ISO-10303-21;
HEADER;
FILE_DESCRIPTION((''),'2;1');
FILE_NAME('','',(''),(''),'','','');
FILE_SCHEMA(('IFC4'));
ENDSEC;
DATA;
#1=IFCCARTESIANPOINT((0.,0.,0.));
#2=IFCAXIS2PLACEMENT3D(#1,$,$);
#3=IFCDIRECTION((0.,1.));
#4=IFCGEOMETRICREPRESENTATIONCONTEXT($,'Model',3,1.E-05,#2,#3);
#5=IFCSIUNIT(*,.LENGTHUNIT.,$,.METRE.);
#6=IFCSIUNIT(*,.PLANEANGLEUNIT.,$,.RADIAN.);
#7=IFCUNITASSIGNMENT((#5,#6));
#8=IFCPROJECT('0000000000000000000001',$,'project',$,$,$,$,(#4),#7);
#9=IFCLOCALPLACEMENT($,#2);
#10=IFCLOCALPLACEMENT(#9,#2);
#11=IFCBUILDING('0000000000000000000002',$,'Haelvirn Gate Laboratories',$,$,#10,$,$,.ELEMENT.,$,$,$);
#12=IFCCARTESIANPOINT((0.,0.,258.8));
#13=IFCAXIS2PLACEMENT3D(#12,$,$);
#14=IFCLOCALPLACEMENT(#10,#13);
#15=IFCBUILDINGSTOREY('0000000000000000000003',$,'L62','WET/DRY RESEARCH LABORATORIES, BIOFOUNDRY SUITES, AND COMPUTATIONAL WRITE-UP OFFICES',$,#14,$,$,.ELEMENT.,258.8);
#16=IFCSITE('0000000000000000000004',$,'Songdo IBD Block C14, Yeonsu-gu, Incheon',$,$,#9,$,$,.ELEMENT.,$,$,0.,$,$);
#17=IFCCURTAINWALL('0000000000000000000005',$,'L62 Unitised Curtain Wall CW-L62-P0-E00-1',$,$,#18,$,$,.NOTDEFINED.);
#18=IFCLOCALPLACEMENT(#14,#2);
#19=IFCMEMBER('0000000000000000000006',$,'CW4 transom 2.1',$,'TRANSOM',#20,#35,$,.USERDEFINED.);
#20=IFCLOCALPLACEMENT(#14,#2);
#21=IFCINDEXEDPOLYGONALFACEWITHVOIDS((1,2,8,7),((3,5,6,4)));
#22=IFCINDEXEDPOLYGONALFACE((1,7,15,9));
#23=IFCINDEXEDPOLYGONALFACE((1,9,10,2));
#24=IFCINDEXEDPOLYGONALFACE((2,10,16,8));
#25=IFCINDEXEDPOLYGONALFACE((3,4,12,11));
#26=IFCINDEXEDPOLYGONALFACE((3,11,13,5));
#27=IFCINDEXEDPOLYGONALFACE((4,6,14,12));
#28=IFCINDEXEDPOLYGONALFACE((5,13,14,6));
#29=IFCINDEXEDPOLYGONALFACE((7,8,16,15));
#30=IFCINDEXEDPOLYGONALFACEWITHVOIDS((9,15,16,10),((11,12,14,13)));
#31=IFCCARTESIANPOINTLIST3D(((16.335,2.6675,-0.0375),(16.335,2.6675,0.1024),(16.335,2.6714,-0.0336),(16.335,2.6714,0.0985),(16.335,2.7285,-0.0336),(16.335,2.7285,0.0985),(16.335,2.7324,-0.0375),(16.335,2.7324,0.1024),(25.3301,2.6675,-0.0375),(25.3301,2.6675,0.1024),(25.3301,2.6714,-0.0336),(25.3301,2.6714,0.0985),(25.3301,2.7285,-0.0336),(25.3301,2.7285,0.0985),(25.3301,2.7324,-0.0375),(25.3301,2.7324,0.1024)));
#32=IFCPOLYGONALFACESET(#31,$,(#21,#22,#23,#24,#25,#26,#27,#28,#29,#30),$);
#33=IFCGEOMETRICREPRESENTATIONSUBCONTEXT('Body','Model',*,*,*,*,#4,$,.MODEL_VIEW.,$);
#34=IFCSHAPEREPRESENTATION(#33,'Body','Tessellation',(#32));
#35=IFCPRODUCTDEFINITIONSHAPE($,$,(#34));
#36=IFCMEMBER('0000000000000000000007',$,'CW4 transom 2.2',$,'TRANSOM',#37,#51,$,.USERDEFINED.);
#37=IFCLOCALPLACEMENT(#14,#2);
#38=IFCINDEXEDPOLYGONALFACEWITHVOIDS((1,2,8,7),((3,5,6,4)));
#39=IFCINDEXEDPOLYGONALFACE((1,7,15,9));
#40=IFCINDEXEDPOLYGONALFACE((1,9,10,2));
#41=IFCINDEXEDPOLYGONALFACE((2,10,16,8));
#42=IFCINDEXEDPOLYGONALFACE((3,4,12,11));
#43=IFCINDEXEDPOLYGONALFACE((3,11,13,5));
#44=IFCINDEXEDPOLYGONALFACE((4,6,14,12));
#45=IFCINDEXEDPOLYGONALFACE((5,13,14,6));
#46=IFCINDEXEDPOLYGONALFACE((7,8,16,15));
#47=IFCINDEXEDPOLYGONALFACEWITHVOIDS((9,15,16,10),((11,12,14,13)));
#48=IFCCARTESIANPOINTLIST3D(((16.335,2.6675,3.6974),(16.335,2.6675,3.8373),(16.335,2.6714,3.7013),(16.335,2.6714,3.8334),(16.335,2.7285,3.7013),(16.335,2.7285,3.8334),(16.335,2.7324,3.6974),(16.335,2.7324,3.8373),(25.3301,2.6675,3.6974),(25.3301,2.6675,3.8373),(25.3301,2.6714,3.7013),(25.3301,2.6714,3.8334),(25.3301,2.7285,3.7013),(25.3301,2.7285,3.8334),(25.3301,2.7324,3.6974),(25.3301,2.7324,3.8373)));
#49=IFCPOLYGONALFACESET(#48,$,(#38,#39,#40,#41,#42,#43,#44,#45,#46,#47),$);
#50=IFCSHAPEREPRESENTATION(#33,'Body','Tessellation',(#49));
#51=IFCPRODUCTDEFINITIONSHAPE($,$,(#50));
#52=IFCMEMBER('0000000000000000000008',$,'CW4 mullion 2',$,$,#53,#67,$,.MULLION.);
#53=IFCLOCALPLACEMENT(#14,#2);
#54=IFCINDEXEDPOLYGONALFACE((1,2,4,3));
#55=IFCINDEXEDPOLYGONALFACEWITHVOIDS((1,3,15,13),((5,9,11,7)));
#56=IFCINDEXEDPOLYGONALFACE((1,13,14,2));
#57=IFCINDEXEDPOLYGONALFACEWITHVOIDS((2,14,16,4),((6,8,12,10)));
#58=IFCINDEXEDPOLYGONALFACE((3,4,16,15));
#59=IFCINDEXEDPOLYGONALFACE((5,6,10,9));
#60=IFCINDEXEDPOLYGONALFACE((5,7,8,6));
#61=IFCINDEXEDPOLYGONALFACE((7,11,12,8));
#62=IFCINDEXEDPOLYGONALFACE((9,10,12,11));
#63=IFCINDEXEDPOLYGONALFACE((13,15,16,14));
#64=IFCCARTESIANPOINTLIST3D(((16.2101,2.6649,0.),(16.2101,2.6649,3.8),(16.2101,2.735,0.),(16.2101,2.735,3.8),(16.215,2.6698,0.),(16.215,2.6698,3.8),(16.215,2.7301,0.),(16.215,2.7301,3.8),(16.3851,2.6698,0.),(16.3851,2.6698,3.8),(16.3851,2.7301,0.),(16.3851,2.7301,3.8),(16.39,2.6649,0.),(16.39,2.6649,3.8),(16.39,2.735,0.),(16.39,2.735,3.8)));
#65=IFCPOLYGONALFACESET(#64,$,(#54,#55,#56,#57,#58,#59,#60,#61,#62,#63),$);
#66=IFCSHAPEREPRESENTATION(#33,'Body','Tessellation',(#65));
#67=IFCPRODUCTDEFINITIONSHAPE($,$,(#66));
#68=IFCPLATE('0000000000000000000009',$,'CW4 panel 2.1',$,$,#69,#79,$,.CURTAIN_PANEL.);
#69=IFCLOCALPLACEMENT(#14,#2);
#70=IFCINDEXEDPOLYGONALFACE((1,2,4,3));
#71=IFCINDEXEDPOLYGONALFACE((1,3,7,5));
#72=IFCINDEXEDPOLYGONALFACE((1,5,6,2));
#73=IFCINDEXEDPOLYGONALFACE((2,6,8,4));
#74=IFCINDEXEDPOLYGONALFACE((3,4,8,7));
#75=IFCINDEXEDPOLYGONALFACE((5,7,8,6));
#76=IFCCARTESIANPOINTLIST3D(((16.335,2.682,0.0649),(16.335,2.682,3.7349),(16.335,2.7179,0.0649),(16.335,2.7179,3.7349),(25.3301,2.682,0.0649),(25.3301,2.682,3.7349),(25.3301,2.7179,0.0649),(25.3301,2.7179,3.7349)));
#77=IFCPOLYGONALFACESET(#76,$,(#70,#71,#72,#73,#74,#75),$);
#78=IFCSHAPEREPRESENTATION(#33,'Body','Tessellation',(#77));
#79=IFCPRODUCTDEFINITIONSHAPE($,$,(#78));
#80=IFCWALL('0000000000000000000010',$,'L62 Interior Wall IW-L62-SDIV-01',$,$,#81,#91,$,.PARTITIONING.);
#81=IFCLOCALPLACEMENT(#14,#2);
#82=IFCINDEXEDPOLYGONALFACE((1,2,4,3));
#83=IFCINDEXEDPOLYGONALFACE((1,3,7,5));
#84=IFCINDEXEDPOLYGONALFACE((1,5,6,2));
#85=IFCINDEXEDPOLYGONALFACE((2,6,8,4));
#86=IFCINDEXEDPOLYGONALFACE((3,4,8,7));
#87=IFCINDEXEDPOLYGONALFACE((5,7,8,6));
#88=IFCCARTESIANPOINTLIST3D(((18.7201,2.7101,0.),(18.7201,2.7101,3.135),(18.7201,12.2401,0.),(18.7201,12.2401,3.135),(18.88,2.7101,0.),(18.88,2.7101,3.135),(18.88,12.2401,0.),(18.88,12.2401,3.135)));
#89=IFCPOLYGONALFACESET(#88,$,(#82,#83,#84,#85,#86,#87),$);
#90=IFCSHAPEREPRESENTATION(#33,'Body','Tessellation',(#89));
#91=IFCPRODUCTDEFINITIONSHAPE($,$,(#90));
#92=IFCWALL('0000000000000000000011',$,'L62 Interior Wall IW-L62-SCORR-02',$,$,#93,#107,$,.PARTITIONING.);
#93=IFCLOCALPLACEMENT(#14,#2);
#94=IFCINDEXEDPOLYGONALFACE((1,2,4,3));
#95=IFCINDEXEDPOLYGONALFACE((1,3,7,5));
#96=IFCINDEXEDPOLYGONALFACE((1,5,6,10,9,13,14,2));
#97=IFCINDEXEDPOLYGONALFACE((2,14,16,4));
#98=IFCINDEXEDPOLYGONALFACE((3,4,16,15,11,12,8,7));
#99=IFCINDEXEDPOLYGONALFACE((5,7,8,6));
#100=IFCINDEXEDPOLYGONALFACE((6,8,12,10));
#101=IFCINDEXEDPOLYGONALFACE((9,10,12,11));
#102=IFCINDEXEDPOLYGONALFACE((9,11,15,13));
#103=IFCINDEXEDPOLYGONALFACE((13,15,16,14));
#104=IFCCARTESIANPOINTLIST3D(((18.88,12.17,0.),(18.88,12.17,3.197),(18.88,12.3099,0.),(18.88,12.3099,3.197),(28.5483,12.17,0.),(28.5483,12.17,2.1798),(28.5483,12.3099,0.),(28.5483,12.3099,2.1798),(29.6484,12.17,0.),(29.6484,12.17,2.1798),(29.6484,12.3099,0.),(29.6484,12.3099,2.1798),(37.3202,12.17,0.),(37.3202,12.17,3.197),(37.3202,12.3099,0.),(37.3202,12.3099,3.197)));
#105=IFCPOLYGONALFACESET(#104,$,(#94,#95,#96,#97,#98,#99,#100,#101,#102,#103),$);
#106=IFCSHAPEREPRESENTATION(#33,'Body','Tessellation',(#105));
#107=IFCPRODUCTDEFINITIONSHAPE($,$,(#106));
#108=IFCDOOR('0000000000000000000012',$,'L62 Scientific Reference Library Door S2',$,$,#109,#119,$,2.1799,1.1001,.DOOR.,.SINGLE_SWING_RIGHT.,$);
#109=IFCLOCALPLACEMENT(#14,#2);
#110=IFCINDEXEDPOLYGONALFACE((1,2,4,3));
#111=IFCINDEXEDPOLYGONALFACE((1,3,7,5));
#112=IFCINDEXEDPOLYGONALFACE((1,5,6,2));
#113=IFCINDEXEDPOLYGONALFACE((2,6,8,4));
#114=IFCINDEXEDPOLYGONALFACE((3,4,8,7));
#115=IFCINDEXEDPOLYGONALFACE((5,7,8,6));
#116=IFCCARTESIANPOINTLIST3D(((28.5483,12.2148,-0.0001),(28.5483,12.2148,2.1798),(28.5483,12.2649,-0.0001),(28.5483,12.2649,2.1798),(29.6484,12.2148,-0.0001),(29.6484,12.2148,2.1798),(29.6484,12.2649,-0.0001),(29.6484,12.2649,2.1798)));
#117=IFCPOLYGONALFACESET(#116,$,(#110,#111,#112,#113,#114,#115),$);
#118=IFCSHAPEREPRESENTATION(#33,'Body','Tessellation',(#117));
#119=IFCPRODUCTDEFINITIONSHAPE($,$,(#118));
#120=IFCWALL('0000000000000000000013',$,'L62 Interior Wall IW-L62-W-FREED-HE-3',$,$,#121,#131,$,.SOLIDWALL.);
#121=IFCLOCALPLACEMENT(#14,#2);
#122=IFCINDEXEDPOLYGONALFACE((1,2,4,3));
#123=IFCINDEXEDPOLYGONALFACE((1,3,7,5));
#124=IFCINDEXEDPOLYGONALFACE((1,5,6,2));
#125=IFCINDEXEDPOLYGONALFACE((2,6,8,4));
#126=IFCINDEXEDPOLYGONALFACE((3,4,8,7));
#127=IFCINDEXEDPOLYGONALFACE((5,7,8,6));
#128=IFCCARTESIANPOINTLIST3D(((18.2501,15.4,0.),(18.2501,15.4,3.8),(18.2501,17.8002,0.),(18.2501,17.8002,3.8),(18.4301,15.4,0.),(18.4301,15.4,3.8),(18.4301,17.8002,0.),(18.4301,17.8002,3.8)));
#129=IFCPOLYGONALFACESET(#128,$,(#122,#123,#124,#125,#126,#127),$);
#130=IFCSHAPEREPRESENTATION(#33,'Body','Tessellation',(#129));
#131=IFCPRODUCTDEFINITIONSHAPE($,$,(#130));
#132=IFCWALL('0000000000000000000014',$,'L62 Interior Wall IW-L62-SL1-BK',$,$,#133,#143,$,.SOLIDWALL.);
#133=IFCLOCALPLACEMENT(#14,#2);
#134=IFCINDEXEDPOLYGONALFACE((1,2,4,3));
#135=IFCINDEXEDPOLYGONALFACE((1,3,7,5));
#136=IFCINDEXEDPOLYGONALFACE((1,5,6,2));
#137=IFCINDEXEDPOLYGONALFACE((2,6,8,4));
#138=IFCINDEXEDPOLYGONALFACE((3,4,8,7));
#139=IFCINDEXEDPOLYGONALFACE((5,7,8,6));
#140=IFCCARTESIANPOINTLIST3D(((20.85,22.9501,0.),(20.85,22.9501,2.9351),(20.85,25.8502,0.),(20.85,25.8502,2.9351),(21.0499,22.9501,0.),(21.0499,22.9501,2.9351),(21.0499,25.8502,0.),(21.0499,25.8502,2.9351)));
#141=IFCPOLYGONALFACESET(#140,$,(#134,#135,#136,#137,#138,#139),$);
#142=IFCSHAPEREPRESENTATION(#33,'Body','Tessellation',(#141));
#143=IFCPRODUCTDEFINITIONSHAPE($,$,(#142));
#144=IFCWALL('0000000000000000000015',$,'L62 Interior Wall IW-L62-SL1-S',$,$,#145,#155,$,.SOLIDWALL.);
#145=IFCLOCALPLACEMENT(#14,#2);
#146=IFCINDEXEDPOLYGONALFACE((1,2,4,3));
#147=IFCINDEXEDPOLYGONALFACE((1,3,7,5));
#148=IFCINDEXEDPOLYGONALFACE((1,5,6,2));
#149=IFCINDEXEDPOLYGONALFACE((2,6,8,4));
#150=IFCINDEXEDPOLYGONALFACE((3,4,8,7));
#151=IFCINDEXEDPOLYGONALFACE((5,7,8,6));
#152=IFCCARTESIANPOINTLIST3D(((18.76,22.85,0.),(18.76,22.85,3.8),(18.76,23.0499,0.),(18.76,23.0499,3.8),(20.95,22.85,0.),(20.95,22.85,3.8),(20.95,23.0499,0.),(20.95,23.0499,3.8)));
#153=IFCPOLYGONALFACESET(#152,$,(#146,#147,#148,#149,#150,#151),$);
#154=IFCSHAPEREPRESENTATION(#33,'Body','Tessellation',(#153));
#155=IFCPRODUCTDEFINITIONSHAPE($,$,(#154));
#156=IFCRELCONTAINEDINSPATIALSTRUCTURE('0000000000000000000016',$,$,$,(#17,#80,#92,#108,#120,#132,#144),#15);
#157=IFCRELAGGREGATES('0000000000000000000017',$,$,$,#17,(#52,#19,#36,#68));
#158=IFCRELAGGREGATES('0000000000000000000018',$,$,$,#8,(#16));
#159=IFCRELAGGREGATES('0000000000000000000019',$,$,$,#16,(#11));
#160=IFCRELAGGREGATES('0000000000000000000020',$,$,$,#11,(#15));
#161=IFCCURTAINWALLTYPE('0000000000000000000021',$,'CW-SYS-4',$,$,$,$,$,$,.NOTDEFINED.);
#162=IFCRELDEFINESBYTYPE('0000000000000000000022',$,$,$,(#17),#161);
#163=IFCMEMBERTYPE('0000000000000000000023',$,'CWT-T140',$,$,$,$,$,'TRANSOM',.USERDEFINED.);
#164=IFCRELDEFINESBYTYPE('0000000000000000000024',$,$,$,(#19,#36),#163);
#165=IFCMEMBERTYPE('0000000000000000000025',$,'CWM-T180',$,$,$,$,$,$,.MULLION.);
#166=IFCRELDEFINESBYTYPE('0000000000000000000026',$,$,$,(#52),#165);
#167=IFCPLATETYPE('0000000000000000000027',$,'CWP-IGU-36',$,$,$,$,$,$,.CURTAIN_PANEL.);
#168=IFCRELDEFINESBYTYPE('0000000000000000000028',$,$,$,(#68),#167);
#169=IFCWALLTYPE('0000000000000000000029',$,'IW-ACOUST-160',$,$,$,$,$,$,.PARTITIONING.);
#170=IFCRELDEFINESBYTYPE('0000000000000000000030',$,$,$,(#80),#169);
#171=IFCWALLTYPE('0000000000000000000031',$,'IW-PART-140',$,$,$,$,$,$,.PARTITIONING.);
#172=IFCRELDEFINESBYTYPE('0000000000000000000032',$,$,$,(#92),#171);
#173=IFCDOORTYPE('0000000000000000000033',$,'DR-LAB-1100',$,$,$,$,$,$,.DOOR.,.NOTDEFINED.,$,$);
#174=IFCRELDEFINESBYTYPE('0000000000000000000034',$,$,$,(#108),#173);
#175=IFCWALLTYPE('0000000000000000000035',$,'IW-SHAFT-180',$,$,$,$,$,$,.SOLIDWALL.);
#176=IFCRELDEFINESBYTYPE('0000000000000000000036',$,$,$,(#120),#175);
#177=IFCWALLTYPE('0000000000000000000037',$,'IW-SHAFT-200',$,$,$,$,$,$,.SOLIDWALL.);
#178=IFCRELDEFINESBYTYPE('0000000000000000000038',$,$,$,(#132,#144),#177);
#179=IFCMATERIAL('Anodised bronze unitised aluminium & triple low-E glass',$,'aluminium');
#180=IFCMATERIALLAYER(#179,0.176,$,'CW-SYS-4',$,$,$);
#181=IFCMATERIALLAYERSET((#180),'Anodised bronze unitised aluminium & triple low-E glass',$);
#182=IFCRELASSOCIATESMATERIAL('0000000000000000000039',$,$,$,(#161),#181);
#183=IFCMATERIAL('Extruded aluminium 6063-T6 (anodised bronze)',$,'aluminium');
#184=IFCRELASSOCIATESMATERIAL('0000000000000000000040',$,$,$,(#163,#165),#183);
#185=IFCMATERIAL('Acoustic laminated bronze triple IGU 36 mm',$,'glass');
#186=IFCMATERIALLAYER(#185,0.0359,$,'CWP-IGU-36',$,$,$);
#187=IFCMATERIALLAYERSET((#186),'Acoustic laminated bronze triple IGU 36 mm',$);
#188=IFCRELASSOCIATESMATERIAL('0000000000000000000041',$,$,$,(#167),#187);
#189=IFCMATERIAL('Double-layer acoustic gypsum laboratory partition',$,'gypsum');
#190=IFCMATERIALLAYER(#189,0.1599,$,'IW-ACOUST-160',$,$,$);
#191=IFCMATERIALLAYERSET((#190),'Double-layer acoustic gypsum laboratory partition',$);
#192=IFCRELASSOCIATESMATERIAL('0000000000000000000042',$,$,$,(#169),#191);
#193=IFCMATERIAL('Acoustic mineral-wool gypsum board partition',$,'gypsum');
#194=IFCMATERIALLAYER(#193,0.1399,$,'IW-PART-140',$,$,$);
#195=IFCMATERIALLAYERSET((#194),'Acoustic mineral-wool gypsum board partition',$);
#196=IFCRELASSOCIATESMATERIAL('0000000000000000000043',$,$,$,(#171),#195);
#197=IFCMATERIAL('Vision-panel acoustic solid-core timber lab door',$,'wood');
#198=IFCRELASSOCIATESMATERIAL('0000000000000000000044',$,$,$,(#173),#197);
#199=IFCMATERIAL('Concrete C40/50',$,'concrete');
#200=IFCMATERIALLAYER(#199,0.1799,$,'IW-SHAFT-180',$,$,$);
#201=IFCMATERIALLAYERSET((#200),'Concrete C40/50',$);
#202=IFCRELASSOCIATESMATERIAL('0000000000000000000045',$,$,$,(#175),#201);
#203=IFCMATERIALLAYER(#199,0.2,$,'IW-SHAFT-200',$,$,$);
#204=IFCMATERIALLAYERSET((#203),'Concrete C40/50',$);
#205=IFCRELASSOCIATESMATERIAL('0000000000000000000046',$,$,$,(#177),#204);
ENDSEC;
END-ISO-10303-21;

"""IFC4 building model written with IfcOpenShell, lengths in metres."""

from ifc_helpers import new_model, si_unit, direction, frame, frame_2d, origin, origin_2d, place, context, subcontext, project, spatial, rectangle, hollow_rectangle, extrude, source, transform, mapped, material, layer, layer_set, material_profile, profile_set, type_object, type_shapes, element, fill, aggregate, save


model = new_model("IFC4")

# Units and contexts
model_context = context("Model", 3, precision=1e-05, world=origin(), true_north=direction((0.0, 1.0)))
body_context = subcontext(model_context, "Body", "Model", "MODEL_VIEW")
ifc_project = project(units=[si_unit("LENGTHUNIT", "METRE"), si_unit("PLANEANGLEUNIT", "RADIAN")], contexts=[model_context])

# Site, building, storey
site_placement = place(None, origin())
site = spatial("IfcSite", under=ifc_project, at=site_placement, Name="Songdo IBD Block C14, Yeonsu-gu, Incheon", CompositionType="ELEMENT", RefElevation=0.0)
building_placement = place(site_placement, origin())
building = spatial("IfcBuilding", under=site, at=building_placement, Name="Haelvirn Gate Laboratories", CompositionType="ELEMENT")
storey_placement = place(building_placement, frame((0.0, 0.0, 258.8)))
storey = spatial("IfcBuildingStorey", under=building, at=storey_placement, Name="L62", Description="WET/DRY RESEARCH LABORATORIES, BIOFOUNDRY SUITES, AND COMPUTATIONAL WRITE-UP OFFICES", CompositionType="ELEMENT", Elevation=258.8)

# Curtain wall, members, plate
ifc_material_1 = material(Name="Anodised bronze unitised aluminium & triple low-E glass", Category="aluminium")
ifc_layer_1 = layer(ifc_material_1, 0.176, Name="CW-SYS-4")
ifc_layer_set_1 = layer_set([ifc_layer_1], Name="Anodised bronze unitised aluminium & triple low-E glass")
curtain_wall_type = type_object("IfcCurtainWallType", Name="CW-SYS-4", PredefinedType="NOTDEFINED", material=ifc_layer_set_1)
curtain_wall_placement = place(storey_placement, origin())
curtain_wall = element("IfcCurtainWall", 1, at=curtain_wall_placement, inside=storey, type_object=curtain_wall_type, Name="L62 Unitised Curtain Wall CW-L62-P0-E00-1", PredefinedType="NOTDEFINED")
ifc_material_2 = material(Name="Extruded aluminium 6063-T6 (anodised bronze)", Category="aluminium")
ifc_material_profile_1 = material_profile(ifc_material_2, hollow_rectangle(XDim=0.0649, YDim=0.1399, WallThickness=0.0039, at=origin_2d()), Name="CWT-140x65x4")
ifc_profile_set_1 = profile_set([ifc_material_profile_1], Name="Extruded aluminium 6063-T6 (anodised bronze)")
member_type_1 = type_object("IfcMemberType", Name="CWT-T140", ElementType="TRANSOM", PredefinedType="USERDEFINED", material=ifc_profile_set_1)
shared_shape_1 = source(origin(), body_context, "Body", "SweptSolid", [
    extrude(hollow_rectangle(XDim=0.0649, YDim=0.1399, WallThickness=0.0039, at=origin_2d()), origin(), (0.0, 0.0, 1.0), 8.9951),
])
type_shapes(member_type_1, [shared_shape_1])
member_1_placement = place(storey_placement, frame((16.335, 2.7, 0.0325), z_axis=(1.0, 0.0, 0.0), x_axis=(0.0, 1.0, 0.0)))
member_1 = element("IfcMember", 2, at=member_1_placement, type_object=member_type_1, Name="CW4 transom 2.1", ObjectType="TRANSOM", PredefinedType="USERDEFINED", context=body_context, shape_type="MappedRepresentation", body=[
    mapped(shared_shape_1, transform((0.0, 0.0, 0.0), scale=1.0)),
])
member_2_placement = place(storey_placement, frame((16.335, 2.7, 3.7673), z_axis=(1.0, 0.0, 0.0), x_axis=(0.0, 1.0, 0.0)))
member_2 = element("IfcMember", 3, at=member_2_placement, type_object=member_type_1, Name="CW4 transom 2.2", ObjectType="TRANSOM", PredefinedType="USERDEFINED", context=body_context, shape_type="MappedRepresentation", body=[
    mapped(shared_shape_1, transform((0.0, 0.0, 0.0), scale=1.0)),
])
ifc_material_profile_2 = material_profile(ifc_material_2, hollow_rectangle(XDim=0.0701, YDim=0.1799, WallThickness=0.0049, at=origin_2d()), Name="CWM-180x70x5")
ifc_profile_set_2 = profile_set([ifc_material_profile_2], Name="Extruded aluminium 6063-T6 (anodised bronze)")
member_type_2 = type_object("IfcMemberType", Name="CWM-T180", PredefinedType="MULLION", material=ifc_profile_set_2)
shared_shape_2 = source(origin(), body_context, "Body", "SweptSolid", [
    extrude(hollow_rectangle(XDim=0.0701, YDim=0.1799, WallThickness=0.0049, at=origin_2d()), origin(), (0.0, 0.0, 1.0), 3.8),
])
type_shapes(member_type_2, [shared_shape_2])
member_3_placement = place(storey_placement, frame((16.3, 2.7, 0.0), z_axis=(0.0, 0.0, 1.0), x_axis=(0.0, 1.0, 0.0)))
member_3 = element("IfcMember", 4, at=member_3_placement, type_object=member_type_2, Name="CW4 mullion 2", PredefinedType="MULLION", context=body_context, shape_type="MappedRepresentation", body=[
    mapped(shared_shape_2, transform((0.0, 0.0, 0.0), scale=1.0)),
])
ifc_material_3 = material(Name="Acoustic laminated bronze triple IGU 36 mm", Category="glass")
ifc_layer_2 = layer(ifc_material_3, 0.0359, Name="CWP-IGU-36")
ifc_layer_set_2 = layer_set([ifc_layer_2], Name="Acoustic laminated bronze triple IGU 36 mm")
plate_type = type_object("IfcPlateType", Name="CWP-IGU-36", PredefinedType="CURTAIN_PANEL", material=ifc_layer_set_2)
shared_shape_3 = source(origin(), body_context, "Body", "SweptSolid", [
    extrude(rectangle(XDim=8.9951, YDim=0.0359, at=origin_2d()), origin(), (0.0, 0.0, 1.0), 3.6699),
])
type_shapes(plate_type, [shared_shape_3])
plate_placement = place(storey_placement, frame((20.8325, 2.7, 0.0649), z_axis=(0.0, 0.0, 1.0), x_axis=(1.0, 0.0, 0.0)))
plate = element("IfcPlate", 5, at=plate_placement, type_object=plate_type, Name="CW4 panel 2.1", PredefinedType="CURTAIN_PANEL", context=body_context, shape_type="MappedRepresentation", body=[
    mapped(shared_shape_3, transform((0.0, 0.0, 0.0), scale=1.0)),
])
aggregate(curtain_wall, [member_3, member_1, member_2, plate])

# Wall
ifc_material_4 = material(Name="Double-layer acoustic gypsum laboratory partition", Category="gypsum")
ifc_layer_3 = layer(ifc_material_4, 0.1599, Name="IW-ACOUST-160")
ifc_layer_set_3 = layer_set([ifc_layer_3], Name="Double-layer acoustic gypsum laboratory partition")
wall_type_1 = type_object("IfcWallType", Name="IW-ACOUST-160", PredefinedType="PARTITIONING", material=ifc_layer_set_3)
wall_1_placement = place(storey_placement, frame((18.8, 2.71, 0.0), z_axis=(0.0, 0.0, 1.0), x_axis=(0.0, 1.0, 0.0)))
element("IfcWall", 6, at=wall_1_placement, inside=storey, type_object=wall_type_1, Name="L62 Interior Wall IW-L62-SDIV-01", PredefinedType="PARTITIONING", context=body_context, shape_type="SweptSolid", body=[
    extrude(rectangle(XDim=9.53, YDim=0.1599, at=frame_2d((4.7651, 0.0))), origin(), (0.0, 0.0, 1.0), 3.135),
])

# Wall, opening, door
ifc_material_5 = material(Name="Acoustic mineral-wool gypsum board partition", Category="gypsum")
ifc_layer_4 = layer(ifc_material_5, 0.1399, Name="IW-PART-140")
ifc_layer_set_4 = layer_set([ifc_layer_4], Name="Acoustic mineral-wool gypsum board partition")
wall_type_2 = type_object("IfcWallType", Name="IW-PART-140", PredefinedType="PARTITIONING", material=ifc_layer_set_4)
wall_2_placement = place(storey_placement, frame((18.8799, 12.24, 0.0), z_axis=(0.0, 0.0, 1.0), x_axis=(1.0, 0.0, 0.0)))
wall_2 = element("IfcWall", 7, at=wall_2_placement, inside=storey, type_object=wall_type_2, Name="L62 Interior Wall IW-L62-SCORR-02", PredefinedType="PARTITIONING", context=body_context, shape_type="SweptSolid", body=[
    extrude(rectangle(XDim=18.4402, YDim=0.1399, at=frame_2d((9.2202, 0.0))), origin(), (0.0, 0.0, 1.0), 3.197),
])
opening_1_placement = place(wall_2_placement, frame((9.6685, 0.0, 0.0)))
opening_1 = element("IfcOpeningElement", 8, at=opening_1_placement, cuts=wall_2, PredefinedType="OPENING", context=body_context, shape_type="SweptSolid", body=[
    extrude(rectangle(XDim=1.1001, YDim=2.1799, at=frame_2d((0.55, 1.0898))), frame((0.0, 0.0801, 0.0), z_axis=(0.0, -1.0, 0.0), x_axis=(1.0, 0.0, 0.0)), (0.0, 0.0, 1.0), 0.1599),
])
ifc_material_6 = material(Name="Vision-panel acoustic solid-core timber lab door", Category="wood")
door_type_1 = type_object("IfcDoorType", Name="DR-LAB-1100", OperationType="NOTDEFINED", PredefinedType="DOOR", material=ifc_material_6)
shared_shape_4 = source(origin(), body_context, "Body", "SweptSolid", [
    extrude(rectangle(XDim=1.1001, YDim=2.1799, at=frame_2d((0.55, 1.0898))), frame((0.0, 0.0249, 0.0), z_axis=(0.0, -1.0, 0.0), x_axis=(1.0, 0.0, 0.0)), (0.0, 0.0, 1.0), 0.05),
])
type_shapes(door_type_1, [shared_shape_4])
door_1_placement = place(opening_1_placement, origin())
door_1 = element("IfcDoor", 9, at=door_1_placement, inside=storey, type_object=door_type_1, Name="L62 Scientific Reference Library Door S2", OperationType="SINGLE_SWING_RIGHT", OverallHeight=2.1799, OverallWidth=1.1001, PredefinedType="DOOR", context=body_context, shape_type="MappedRepresentation", body=[
    mapped(shared_shape_4, transform((0.0, 0.0, 0.0), scale=1.0)),
])
fill(opening_1, door_1)
ifc_material_7 = material(Name="Concrete C40/50", Category="concrete")
ifc_layer_5 = layer(ifc_material_7, 0.1799, Name="IW-SHAFT-180")
ifc_layer_set_5 = layer_set([ifc_layer_5], Name="Concrete C40/50")
wall_type_3 = type_object("IfcWallType", Name="IW-SHAFT-180", PredefinedType="SOLIDWALL", material=ifc_layer_set_5)

# Walls
wall_3_placement = place(storey_placement, frame((18.3401, 15.3999, 0.0), z_axis=(0.0, 0.0, 1.0), x_axis=(0.0, 1.0, 0.0)))
element("IfcWall", 10, at=wall_3_placement, inside=storey, type_object=wall_type_3, Name="L62 Interior Wall IW-L62-W-FREED-HE-3", PredefinedType="SOLIDWALL", context=body_context, shape_type="SweptSolid", body=[
    extrude(rectangle(XDim=2.4001, YDim=0.1799, at=frame_2d((1.2002, 0.0))), origin(), (0.0, 0.0, 1.0), 3.8),
])
ifc_layer_6 = layer(ifc_material_7, 0.2, Name="IW-SHAFT-200")
ifc_layer_set_6 = layer_set([ifc_layer_6], Name="Concrete C40/50")
wall_type_4 = type_object("IfcWallType", Name="IW-SHAFT-200", PredefinedType="SOLIDWALL", material=ifc_layer_set_6)
wall_4_placement = place(storey_placement, frame((20.95, 22.95, 0.0), z_axis=(0.0, 0.0, 1.0), x_axis=(0.0, 1.0, 0.0)))
element("IfcWall", 11, at=wall_4_placement, inside=storey, type_object=wall_type_4, Name="L62 Interior Wall IW-L62-SL1-BK", PredefinedType="SOLIDWALL", context=body_context, shape_type="SweptSolid", body=[
    extrude(rectangle(XDim=2.9001, YDim=0.2, at=frame_2d((1.4502, 0.0))), origin(), (0.0, 0.0, 1.0), 2.9351),
])
wall_5_placement = place(storey_placement, frame((18.76, 22.95, 0.0), z_axis=(0.0, 0.0, 1.0), x_axis=(1.0, 0.0, 0.0)))
element("IfcWall", 12, at=wall_5_placement, inside=storey, type_object=wall_type_4, Name="L62 Interior Wall IW-L62-SL1-S", PredefinedType="SOLIDWALL", context=body_context, shape_type="SweptSolid", body=[
    extrude(rectangle(XDim=2.1899, YDim=0.2, at=frame_2d((1.095, 0.0))), origin(), (0.0, 0.0, 1.0), 3.8),
])

save(model, "model.ifc")
